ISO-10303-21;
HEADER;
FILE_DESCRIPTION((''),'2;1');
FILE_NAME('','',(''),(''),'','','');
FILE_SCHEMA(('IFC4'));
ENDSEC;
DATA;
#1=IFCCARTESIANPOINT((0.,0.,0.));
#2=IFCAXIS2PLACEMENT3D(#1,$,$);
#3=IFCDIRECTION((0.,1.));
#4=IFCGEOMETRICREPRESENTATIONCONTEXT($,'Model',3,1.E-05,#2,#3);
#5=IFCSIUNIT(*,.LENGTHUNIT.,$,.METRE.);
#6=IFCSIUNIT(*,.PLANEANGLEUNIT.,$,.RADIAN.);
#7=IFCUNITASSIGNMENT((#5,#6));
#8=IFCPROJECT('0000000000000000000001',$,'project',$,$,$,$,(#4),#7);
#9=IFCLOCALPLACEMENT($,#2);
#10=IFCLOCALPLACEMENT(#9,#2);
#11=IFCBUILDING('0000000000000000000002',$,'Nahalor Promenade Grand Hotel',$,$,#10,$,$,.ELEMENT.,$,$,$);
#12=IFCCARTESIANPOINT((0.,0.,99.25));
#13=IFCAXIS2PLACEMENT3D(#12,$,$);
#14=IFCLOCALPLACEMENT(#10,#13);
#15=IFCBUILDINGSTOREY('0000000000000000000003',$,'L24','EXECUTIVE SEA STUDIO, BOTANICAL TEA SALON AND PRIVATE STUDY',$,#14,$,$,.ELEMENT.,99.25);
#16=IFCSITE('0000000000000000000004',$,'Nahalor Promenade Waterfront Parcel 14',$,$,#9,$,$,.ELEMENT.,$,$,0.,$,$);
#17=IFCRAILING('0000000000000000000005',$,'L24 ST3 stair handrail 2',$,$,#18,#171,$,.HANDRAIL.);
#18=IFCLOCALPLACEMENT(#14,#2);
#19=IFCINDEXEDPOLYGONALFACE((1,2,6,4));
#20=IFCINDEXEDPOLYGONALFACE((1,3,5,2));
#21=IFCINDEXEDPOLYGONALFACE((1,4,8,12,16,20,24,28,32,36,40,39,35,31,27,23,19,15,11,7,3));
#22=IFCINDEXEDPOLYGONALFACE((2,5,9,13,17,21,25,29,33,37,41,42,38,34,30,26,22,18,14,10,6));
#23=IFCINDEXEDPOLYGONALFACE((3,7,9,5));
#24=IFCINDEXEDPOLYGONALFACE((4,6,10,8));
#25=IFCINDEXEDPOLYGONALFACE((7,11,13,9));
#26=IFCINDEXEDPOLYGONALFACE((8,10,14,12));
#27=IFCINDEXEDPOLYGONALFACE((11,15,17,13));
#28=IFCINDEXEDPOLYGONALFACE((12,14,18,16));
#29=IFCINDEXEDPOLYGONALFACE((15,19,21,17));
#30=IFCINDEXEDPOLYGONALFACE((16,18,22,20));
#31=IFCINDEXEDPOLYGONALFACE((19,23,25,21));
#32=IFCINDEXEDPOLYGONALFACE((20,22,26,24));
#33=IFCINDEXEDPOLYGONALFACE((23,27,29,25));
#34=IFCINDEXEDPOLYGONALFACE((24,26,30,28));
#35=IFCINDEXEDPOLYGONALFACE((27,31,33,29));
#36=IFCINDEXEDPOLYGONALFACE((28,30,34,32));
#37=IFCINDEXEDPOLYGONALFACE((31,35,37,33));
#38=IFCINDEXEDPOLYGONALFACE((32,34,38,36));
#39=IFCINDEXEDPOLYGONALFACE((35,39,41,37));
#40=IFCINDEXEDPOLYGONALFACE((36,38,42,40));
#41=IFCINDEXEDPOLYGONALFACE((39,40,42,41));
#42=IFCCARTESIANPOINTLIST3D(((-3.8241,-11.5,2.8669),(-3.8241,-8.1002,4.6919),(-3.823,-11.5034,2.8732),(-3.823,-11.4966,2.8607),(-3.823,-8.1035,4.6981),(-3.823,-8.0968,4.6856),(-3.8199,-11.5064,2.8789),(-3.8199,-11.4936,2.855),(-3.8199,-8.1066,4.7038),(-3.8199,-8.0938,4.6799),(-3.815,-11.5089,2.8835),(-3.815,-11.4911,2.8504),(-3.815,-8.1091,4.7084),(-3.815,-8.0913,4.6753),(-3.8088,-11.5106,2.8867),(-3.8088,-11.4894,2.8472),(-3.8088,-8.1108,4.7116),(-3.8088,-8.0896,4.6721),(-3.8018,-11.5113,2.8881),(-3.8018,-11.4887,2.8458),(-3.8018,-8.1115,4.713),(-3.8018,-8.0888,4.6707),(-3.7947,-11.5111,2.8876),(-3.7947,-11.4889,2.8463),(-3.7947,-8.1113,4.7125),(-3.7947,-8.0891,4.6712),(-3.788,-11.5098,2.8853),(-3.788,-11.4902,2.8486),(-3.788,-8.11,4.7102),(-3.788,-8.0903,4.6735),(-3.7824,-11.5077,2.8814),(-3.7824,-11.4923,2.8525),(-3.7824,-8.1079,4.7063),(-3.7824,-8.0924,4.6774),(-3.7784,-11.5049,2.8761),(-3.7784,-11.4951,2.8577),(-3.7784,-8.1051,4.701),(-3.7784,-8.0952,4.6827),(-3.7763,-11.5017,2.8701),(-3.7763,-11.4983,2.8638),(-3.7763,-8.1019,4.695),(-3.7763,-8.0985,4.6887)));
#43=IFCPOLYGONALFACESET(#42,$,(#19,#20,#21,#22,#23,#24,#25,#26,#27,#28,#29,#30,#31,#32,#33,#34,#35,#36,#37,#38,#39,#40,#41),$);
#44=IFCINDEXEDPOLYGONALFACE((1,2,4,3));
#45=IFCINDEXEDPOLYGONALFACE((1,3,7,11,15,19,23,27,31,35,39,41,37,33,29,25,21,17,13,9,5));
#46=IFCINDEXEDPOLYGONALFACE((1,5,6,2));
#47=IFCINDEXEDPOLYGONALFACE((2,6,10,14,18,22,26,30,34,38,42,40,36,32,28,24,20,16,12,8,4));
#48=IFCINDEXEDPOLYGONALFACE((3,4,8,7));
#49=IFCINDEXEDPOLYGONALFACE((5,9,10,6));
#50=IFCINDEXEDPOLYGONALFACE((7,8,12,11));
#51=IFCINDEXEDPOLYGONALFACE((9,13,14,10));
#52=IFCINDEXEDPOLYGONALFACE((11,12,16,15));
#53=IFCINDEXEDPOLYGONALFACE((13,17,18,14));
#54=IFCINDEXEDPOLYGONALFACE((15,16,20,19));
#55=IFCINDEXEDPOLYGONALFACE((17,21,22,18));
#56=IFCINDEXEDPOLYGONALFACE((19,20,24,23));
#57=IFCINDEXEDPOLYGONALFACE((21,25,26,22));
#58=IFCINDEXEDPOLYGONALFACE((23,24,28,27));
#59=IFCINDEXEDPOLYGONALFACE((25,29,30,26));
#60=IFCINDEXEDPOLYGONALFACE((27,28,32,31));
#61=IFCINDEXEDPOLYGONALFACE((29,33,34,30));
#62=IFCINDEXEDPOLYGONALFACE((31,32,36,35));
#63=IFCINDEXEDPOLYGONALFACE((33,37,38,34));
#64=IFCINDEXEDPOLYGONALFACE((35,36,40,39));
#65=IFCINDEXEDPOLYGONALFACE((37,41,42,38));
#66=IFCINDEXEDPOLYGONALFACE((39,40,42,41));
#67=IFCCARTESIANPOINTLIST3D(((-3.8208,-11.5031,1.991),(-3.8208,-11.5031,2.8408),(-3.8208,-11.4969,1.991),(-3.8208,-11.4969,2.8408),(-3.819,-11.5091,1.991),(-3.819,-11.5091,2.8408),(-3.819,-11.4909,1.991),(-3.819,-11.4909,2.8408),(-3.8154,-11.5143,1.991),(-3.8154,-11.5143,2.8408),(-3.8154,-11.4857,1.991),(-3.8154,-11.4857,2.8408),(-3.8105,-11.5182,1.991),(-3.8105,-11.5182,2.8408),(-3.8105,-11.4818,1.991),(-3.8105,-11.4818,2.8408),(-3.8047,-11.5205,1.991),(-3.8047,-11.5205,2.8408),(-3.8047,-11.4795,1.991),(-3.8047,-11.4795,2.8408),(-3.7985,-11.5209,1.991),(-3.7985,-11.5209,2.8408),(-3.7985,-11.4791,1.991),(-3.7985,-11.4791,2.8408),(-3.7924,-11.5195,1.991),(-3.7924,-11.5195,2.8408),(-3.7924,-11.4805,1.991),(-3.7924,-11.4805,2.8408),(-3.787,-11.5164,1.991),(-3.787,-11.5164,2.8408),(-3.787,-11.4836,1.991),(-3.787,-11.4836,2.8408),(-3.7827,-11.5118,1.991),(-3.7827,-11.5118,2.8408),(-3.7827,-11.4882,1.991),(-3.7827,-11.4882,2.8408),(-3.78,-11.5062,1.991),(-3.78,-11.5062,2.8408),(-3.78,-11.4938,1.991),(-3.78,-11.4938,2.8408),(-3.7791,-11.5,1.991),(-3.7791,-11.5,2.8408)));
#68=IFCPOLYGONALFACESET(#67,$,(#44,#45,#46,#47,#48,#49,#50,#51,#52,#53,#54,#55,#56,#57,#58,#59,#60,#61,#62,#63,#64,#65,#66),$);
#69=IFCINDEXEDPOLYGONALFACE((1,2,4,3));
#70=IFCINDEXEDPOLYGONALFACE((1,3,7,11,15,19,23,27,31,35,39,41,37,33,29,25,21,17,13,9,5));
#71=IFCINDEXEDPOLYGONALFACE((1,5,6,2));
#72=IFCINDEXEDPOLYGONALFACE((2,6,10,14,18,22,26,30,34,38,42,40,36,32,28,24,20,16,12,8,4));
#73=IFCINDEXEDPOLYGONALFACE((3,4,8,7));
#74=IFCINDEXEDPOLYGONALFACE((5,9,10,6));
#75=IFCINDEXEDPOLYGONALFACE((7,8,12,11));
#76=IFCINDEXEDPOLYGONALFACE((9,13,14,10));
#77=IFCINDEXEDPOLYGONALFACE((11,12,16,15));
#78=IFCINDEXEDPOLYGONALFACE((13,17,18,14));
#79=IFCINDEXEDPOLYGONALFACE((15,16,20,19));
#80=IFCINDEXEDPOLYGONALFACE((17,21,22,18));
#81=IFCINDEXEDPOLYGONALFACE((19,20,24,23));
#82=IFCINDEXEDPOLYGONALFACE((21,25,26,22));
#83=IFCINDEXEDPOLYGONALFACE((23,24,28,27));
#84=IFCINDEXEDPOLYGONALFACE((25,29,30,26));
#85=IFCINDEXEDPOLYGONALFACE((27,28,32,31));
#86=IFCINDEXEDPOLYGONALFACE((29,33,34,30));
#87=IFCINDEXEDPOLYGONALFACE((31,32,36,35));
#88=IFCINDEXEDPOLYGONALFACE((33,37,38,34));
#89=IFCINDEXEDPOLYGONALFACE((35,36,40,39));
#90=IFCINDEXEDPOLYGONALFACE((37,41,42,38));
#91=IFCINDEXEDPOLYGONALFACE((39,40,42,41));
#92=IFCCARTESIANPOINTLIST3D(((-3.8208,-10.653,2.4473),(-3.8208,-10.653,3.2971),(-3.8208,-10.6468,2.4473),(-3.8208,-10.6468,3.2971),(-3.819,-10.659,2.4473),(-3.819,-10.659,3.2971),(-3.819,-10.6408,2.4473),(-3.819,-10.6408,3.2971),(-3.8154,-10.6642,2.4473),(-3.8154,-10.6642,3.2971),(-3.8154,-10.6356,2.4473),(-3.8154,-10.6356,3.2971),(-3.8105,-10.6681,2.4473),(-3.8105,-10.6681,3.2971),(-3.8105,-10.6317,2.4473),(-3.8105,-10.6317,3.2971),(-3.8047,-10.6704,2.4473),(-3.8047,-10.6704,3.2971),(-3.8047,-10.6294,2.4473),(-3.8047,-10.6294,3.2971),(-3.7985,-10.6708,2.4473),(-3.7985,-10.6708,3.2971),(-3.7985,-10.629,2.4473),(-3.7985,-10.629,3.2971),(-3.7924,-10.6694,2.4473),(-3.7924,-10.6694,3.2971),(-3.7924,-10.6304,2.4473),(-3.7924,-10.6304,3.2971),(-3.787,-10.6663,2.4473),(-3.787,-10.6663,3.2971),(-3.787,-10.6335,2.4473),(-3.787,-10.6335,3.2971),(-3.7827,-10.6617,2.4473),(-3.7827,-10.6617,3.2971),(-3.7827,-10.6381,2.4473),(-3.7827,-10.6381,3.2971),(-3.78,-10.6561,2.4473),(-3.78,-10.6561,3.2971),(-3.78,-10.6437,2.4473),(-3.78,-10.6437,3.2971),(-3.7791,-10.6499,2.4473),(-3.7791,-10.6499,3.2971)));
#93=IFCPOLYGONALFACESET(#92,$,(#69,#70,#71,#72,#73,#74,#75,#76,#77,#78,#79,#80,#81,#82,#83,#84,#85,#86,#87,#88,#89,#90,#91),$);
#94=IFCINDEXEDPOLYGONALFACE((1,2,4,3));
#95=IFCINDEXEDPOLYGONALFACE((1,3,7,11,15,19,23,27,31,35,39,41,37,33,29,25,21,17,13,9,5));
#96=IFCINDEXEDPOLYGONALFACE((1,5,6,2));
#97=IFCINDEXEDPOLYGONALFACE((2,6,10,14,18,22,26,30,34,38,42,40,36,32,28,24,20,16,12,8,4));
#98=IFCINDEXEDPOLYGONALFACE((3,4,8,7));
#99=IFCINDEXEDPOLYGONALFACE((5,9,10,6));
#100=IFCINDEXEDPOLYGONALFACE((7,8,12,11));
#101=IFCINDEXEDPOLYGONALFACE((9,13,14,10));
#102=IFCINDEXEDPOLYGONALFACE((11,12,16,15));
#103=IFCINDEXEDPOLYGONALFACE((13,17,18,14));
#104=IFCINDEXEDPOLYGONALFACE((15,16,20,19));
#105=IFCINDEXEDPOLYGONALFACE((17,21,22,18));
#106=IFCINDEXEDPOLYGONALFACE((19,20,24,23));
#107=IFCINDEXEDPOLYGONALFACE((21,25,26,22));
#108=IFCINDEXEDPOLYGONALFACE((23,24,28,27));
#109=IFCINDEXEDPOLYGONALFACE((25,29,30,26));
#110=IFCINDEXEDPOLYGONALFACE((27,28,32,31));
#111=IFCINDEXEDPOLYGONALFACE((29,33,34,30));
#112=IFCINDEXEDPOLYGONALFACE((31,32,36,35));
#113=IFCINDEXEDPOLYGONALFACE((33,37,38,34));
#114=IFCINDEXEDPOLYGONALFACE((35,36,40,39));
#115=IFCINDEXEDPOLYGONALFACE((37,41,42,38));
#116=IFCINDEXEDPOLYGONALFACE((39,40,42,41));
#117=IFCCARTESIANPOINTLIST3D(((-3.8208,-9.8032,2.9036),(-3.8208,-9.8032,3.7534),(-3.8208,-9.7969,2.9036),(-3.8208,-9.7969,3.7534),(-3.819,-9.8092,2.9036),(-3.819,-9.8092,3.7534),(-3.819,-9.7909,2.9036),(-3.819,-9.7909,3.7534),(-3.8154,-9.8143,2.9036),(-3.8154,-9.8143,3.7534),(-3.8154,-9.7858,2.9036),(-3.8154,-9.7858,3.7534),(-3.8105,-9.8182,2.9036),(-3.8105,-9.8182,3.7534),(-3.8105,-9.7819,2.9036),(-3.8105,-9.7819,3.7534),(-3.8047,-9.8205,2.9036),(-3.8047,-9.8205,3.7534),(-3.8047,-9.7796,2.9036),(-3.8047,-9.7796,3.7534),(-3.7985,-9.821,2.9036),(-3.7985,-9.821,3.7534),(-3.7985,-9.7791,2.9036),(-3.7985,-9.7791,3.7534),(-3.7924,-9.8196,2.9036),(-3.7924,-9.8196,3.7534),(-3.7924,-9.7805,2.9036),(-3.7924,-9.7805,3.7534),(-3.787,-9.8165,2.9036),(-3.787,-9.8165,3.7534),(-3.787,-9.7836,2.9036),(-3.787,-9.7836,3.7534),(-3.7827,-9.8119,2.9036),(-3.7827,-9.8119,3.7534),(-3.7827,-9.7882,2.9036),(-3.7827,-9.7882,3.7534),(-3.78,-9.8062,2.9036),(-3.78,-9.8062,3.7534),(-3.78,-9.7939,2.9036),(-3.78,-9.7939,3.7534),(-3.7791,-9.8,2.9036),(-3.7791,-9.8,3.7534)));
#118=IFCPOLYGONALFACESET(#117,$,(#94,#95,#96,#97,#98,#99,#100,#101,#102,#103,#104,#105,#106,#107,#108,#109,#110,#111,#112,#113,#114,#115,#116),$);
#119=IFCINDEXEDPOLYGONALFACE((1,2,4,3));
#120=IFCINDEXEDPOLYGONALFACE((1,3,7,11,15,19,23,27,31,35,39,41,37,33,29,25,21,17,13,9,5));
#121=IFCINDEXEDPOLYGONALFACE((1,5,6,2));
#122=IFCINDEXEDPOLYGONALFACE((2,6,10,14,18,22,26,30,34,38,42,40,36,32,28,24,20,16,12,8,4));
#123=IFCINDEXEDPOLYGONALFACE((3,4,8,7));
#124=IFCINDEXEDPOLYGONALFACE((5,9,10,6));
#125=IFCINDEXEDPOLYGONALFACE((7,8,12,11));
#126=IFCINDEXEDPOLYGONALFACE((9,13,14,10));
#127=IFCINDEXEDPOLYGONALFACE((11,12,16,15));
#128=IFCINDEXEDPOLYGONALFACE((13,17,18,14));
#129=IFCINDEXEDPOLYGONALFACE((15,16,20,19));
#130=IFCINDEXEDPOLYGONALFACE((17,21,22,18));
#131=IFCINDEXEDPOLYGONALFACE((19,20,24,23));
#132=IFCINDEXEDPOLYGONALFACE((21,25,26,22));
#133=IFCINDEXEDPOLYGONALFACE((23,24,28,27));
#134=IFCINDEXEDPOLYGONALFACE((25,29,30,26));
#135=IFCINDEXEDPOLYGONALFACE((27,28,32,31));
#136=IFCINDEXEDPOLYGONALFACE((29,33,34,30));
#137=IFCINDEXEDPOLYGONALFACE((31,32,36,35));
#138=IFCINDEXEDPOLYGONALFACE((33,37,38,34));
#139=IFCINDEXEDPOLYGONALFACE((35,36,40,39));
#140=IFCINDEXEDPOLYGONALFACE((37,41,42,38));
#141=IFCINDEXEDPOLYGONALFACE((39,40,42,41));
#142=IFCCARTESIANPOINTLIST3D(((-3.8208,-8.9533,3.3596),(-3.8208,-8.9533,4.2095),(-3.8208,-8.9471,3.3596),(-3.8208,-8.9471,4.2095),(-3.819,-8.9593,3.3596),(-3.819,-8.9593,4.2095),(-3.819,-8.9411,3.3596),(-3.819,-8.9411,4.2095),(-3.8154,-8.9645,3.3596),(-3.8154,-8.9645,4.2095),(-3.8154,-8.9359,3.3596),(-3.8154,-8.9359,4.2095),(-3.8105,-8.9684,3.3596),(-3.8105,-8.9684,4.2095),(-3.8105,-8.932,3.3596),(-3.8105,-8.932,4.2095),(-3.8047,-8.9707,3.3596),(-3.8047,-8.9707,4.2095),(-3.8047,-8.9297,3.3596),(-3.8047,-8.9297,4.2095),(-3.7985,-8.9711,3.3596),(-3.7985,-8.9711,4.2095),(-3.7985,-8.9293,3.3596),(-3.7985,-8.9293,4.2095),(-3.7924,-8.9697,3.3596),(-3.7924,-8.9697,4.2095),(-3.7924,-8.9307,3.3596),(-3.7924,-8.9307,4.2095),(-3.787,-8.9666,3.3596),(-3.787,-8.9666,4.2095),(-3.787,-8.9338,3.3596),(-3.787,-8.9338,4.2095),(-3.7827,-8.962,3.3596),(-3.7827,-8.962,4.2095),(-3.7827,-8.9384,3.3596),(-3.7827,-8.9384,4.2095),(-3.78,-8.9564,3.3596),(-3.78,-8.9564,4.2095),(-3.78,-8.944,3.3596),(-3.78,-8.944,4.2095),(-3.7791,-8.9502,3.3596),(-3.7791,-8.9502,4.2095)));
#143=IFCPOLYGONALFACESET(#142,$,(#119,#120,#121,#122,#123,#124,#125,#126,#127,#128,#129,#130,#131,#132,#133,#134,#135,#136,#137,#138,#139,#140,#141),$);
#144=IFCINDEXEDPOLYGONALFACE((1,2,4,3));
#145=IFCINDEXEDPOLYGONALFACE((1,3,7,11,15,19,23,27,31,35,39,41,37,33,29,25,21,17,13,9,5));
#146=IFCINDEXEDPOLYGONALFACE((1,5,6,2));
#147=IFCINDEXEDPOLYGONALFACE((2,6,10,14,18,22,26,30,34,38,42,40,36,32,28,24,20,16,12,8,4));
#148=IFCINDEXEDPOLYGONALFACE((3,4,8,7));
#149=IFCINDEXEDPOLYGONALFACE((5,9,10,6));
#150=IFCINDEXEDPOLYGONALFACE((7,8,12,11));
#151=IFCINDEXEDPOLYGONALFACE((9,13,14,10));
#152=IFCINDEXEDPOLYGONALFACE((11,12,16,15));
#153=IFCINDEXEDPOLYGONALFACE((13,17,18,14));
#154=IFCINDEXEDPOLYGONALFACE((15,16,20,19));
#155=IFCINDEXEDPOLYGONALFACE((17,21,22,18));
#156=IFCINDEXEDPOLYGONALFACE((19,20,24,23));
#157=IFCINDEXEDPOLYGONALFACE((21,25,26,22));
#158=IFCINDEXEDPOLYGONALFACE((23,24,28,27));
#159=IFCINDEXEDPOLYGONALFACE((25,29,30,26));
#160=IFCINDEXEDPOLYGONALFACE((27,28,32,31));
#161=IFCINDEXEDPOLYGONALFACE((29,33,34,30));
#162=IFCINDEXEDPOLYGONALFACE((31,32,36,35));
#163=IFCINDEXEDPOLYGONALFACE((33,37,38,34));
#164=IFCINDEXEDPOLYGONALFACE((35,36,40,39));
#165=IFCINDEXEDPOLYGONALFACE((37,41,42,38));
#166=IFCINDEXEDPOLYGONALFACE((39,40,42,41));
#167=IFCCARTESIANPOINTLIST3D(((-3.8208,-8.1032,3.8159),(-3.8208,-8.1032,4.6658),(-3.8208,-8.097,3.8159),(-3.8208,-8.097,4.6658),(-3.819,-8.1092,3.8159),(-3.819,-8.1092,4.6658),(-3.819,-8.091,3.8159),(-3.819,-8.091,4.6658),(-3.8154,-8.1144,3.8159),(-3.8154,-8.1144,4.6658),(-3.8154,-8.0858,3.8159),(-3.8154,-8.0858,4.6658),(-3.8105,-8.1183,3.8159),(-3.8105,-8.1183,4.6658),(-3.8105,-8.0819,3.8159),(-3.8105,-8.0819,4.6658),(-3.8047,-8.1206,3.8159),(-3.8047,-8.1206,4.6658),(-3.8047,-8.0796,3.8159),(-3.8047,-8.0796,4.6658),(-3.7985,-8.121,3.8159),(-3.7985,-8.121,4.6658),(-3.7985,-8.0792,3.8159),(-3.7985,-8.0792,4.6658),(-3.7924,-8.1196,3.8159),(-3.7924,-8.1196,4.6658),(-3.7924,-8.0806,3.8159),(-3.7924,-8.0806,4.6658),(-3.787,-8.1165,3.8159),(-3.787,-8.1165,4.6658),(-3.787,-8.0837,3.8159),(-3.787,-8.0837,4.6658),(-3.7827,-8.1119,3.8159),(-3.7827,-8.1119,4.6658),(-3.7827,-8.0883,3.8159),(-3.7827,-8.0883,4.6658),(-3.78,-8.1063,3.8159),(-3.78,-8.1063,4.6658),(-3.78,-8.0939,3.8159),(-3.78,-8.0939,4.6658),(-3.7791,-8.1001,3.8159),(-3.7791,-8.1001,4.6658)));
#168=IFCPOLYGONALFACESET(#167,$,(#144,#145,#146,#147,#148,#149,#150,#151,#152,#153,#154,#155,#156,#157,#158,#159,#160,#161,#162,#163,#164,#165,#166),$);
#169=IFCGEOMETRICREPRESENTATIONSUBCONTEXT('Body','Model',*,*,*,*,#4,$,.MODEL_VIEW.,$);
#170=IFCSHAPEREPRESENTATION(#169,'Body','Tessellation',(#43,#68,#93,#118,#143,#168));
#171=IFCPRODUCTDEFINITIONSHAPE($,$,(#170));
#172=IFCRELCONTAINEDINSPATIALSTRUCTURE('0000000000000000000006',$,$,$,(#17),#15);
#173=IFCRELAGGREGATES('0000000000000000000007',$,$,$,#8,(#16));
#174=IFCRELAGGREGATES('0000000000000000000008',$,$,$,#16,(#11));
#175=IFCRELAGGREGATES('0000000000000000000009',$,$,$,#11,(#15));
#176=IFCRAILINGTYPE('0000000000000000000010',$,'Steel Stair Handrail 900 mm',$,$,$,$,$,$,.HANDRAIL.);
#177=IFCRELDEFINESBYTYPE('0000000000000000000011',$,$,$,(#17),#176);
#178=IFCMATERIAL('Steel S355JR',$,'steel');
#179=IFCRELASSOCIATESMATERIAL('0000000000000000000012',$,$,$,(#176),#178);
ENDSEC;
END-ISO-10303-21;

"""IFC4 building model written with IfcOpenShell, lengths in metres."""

from ifc_helpers import new_model, si_unit, direction, frame, origin, origin_2d, place, context, subcontext, project, spatial, circle, extrude, material, type_object, element, save


model = new_model("IFC4")

# Units and contexts
model_context = context("Model", 3, precision=1e-05, world=origin(), true_north=direction((0.0, 1.0)))
body_context = subcontext(model_context, "Body", "Model", "MODEL_VIEW")
ifc_project = project(units=[si_unit("LENGTHUNIT", "METRE"), si_unit("PLANEANGLEUNIT", "RADIAN")], contexts=[model_context])

# Site, building, storey
site_placement = place(None, origin())
site = spatial("IfcSite", under=ifc_project, at=site_placement, Name="Nahalor Promenade Waterfront Parcel 14", CompositionType="ELEMENT", RefElevation=0.0)
building_placement = place(site_placement, origin())
building = spatial("IfcBuilding", under=site, at=building_placement, Name="Nahalor Promenade Grand Hotel", CompositionType="ELEMENT")
storey_placement = place(building_placement, frame((0.0, 0.0, 99.25)))
storey = spatial("IfcBuildingStorey", under=building, at=storey_placement, Name="L24", Description="EXECUTIVE SEA STUDIO, BOTANICAL TEA SALON AND PRIVATE STUDY", CompositionType="ELEMENT", Elevation=99.25)

# Shared definitions
ifc_material_1 = material(Name="Steel S355JR", Category="steel")

# Railing
railing_type_1 = type_object("IfcRailingType", Name="Steel Stair Handrail 900 mm", PredefinedType="HANDRAIL", material=ifc_material_1)
railing_1_placement = place(storey_placement, frame((-3.8, -11.5, 1.991)))
element("IfcRailing", 1, at=railing_1_placement, inside=storey, type_object=railing_type_1, Name="L24 ST3 stair handrail 2", PredefinedType="HANDRAIL", context=body_context, shape_type="SweptSolid", body=[
    extrude(circle(Radius=0.024, at=origin_2d()), frame((0.0, 0.0, 0.876), z_axis=(0.0, 0.881094, 0.472941), x_axis=(-1.0, 0.0, 0.0)), (0.0, 0.0, 1.0), 3.8586),
    extrude(circle(Radius=0.021, at=origin_2d()), origin(), (0.0, 0.0, 1.0), 0.8499),
    extrude(circle(Radius=0.021, at=origin_2d()), frame((0.0, 0.8501, 0.4563)), (0.0, 0.0, 1.0), 0.8499),
    extrude(circle(Radius=0.021, at=origin_2d()), frame((0.0, 1.7, 0.9126)), (0.0, 0.0, 1.0), 0.8499),
    extrude(circle(Radius=0.021, at=origin_2d()), frame((0.0, 2.5498, 1.3687)), (0.0, 0.0, 1.0), 0.8499),
    extrude(circle(Radius=0.021, at=origin_2d()), frame((0.0, 3.3999, 1.825)), (0.0, 0.0, 1.0), 0.8499),
])

save(model, "model.ifc")
